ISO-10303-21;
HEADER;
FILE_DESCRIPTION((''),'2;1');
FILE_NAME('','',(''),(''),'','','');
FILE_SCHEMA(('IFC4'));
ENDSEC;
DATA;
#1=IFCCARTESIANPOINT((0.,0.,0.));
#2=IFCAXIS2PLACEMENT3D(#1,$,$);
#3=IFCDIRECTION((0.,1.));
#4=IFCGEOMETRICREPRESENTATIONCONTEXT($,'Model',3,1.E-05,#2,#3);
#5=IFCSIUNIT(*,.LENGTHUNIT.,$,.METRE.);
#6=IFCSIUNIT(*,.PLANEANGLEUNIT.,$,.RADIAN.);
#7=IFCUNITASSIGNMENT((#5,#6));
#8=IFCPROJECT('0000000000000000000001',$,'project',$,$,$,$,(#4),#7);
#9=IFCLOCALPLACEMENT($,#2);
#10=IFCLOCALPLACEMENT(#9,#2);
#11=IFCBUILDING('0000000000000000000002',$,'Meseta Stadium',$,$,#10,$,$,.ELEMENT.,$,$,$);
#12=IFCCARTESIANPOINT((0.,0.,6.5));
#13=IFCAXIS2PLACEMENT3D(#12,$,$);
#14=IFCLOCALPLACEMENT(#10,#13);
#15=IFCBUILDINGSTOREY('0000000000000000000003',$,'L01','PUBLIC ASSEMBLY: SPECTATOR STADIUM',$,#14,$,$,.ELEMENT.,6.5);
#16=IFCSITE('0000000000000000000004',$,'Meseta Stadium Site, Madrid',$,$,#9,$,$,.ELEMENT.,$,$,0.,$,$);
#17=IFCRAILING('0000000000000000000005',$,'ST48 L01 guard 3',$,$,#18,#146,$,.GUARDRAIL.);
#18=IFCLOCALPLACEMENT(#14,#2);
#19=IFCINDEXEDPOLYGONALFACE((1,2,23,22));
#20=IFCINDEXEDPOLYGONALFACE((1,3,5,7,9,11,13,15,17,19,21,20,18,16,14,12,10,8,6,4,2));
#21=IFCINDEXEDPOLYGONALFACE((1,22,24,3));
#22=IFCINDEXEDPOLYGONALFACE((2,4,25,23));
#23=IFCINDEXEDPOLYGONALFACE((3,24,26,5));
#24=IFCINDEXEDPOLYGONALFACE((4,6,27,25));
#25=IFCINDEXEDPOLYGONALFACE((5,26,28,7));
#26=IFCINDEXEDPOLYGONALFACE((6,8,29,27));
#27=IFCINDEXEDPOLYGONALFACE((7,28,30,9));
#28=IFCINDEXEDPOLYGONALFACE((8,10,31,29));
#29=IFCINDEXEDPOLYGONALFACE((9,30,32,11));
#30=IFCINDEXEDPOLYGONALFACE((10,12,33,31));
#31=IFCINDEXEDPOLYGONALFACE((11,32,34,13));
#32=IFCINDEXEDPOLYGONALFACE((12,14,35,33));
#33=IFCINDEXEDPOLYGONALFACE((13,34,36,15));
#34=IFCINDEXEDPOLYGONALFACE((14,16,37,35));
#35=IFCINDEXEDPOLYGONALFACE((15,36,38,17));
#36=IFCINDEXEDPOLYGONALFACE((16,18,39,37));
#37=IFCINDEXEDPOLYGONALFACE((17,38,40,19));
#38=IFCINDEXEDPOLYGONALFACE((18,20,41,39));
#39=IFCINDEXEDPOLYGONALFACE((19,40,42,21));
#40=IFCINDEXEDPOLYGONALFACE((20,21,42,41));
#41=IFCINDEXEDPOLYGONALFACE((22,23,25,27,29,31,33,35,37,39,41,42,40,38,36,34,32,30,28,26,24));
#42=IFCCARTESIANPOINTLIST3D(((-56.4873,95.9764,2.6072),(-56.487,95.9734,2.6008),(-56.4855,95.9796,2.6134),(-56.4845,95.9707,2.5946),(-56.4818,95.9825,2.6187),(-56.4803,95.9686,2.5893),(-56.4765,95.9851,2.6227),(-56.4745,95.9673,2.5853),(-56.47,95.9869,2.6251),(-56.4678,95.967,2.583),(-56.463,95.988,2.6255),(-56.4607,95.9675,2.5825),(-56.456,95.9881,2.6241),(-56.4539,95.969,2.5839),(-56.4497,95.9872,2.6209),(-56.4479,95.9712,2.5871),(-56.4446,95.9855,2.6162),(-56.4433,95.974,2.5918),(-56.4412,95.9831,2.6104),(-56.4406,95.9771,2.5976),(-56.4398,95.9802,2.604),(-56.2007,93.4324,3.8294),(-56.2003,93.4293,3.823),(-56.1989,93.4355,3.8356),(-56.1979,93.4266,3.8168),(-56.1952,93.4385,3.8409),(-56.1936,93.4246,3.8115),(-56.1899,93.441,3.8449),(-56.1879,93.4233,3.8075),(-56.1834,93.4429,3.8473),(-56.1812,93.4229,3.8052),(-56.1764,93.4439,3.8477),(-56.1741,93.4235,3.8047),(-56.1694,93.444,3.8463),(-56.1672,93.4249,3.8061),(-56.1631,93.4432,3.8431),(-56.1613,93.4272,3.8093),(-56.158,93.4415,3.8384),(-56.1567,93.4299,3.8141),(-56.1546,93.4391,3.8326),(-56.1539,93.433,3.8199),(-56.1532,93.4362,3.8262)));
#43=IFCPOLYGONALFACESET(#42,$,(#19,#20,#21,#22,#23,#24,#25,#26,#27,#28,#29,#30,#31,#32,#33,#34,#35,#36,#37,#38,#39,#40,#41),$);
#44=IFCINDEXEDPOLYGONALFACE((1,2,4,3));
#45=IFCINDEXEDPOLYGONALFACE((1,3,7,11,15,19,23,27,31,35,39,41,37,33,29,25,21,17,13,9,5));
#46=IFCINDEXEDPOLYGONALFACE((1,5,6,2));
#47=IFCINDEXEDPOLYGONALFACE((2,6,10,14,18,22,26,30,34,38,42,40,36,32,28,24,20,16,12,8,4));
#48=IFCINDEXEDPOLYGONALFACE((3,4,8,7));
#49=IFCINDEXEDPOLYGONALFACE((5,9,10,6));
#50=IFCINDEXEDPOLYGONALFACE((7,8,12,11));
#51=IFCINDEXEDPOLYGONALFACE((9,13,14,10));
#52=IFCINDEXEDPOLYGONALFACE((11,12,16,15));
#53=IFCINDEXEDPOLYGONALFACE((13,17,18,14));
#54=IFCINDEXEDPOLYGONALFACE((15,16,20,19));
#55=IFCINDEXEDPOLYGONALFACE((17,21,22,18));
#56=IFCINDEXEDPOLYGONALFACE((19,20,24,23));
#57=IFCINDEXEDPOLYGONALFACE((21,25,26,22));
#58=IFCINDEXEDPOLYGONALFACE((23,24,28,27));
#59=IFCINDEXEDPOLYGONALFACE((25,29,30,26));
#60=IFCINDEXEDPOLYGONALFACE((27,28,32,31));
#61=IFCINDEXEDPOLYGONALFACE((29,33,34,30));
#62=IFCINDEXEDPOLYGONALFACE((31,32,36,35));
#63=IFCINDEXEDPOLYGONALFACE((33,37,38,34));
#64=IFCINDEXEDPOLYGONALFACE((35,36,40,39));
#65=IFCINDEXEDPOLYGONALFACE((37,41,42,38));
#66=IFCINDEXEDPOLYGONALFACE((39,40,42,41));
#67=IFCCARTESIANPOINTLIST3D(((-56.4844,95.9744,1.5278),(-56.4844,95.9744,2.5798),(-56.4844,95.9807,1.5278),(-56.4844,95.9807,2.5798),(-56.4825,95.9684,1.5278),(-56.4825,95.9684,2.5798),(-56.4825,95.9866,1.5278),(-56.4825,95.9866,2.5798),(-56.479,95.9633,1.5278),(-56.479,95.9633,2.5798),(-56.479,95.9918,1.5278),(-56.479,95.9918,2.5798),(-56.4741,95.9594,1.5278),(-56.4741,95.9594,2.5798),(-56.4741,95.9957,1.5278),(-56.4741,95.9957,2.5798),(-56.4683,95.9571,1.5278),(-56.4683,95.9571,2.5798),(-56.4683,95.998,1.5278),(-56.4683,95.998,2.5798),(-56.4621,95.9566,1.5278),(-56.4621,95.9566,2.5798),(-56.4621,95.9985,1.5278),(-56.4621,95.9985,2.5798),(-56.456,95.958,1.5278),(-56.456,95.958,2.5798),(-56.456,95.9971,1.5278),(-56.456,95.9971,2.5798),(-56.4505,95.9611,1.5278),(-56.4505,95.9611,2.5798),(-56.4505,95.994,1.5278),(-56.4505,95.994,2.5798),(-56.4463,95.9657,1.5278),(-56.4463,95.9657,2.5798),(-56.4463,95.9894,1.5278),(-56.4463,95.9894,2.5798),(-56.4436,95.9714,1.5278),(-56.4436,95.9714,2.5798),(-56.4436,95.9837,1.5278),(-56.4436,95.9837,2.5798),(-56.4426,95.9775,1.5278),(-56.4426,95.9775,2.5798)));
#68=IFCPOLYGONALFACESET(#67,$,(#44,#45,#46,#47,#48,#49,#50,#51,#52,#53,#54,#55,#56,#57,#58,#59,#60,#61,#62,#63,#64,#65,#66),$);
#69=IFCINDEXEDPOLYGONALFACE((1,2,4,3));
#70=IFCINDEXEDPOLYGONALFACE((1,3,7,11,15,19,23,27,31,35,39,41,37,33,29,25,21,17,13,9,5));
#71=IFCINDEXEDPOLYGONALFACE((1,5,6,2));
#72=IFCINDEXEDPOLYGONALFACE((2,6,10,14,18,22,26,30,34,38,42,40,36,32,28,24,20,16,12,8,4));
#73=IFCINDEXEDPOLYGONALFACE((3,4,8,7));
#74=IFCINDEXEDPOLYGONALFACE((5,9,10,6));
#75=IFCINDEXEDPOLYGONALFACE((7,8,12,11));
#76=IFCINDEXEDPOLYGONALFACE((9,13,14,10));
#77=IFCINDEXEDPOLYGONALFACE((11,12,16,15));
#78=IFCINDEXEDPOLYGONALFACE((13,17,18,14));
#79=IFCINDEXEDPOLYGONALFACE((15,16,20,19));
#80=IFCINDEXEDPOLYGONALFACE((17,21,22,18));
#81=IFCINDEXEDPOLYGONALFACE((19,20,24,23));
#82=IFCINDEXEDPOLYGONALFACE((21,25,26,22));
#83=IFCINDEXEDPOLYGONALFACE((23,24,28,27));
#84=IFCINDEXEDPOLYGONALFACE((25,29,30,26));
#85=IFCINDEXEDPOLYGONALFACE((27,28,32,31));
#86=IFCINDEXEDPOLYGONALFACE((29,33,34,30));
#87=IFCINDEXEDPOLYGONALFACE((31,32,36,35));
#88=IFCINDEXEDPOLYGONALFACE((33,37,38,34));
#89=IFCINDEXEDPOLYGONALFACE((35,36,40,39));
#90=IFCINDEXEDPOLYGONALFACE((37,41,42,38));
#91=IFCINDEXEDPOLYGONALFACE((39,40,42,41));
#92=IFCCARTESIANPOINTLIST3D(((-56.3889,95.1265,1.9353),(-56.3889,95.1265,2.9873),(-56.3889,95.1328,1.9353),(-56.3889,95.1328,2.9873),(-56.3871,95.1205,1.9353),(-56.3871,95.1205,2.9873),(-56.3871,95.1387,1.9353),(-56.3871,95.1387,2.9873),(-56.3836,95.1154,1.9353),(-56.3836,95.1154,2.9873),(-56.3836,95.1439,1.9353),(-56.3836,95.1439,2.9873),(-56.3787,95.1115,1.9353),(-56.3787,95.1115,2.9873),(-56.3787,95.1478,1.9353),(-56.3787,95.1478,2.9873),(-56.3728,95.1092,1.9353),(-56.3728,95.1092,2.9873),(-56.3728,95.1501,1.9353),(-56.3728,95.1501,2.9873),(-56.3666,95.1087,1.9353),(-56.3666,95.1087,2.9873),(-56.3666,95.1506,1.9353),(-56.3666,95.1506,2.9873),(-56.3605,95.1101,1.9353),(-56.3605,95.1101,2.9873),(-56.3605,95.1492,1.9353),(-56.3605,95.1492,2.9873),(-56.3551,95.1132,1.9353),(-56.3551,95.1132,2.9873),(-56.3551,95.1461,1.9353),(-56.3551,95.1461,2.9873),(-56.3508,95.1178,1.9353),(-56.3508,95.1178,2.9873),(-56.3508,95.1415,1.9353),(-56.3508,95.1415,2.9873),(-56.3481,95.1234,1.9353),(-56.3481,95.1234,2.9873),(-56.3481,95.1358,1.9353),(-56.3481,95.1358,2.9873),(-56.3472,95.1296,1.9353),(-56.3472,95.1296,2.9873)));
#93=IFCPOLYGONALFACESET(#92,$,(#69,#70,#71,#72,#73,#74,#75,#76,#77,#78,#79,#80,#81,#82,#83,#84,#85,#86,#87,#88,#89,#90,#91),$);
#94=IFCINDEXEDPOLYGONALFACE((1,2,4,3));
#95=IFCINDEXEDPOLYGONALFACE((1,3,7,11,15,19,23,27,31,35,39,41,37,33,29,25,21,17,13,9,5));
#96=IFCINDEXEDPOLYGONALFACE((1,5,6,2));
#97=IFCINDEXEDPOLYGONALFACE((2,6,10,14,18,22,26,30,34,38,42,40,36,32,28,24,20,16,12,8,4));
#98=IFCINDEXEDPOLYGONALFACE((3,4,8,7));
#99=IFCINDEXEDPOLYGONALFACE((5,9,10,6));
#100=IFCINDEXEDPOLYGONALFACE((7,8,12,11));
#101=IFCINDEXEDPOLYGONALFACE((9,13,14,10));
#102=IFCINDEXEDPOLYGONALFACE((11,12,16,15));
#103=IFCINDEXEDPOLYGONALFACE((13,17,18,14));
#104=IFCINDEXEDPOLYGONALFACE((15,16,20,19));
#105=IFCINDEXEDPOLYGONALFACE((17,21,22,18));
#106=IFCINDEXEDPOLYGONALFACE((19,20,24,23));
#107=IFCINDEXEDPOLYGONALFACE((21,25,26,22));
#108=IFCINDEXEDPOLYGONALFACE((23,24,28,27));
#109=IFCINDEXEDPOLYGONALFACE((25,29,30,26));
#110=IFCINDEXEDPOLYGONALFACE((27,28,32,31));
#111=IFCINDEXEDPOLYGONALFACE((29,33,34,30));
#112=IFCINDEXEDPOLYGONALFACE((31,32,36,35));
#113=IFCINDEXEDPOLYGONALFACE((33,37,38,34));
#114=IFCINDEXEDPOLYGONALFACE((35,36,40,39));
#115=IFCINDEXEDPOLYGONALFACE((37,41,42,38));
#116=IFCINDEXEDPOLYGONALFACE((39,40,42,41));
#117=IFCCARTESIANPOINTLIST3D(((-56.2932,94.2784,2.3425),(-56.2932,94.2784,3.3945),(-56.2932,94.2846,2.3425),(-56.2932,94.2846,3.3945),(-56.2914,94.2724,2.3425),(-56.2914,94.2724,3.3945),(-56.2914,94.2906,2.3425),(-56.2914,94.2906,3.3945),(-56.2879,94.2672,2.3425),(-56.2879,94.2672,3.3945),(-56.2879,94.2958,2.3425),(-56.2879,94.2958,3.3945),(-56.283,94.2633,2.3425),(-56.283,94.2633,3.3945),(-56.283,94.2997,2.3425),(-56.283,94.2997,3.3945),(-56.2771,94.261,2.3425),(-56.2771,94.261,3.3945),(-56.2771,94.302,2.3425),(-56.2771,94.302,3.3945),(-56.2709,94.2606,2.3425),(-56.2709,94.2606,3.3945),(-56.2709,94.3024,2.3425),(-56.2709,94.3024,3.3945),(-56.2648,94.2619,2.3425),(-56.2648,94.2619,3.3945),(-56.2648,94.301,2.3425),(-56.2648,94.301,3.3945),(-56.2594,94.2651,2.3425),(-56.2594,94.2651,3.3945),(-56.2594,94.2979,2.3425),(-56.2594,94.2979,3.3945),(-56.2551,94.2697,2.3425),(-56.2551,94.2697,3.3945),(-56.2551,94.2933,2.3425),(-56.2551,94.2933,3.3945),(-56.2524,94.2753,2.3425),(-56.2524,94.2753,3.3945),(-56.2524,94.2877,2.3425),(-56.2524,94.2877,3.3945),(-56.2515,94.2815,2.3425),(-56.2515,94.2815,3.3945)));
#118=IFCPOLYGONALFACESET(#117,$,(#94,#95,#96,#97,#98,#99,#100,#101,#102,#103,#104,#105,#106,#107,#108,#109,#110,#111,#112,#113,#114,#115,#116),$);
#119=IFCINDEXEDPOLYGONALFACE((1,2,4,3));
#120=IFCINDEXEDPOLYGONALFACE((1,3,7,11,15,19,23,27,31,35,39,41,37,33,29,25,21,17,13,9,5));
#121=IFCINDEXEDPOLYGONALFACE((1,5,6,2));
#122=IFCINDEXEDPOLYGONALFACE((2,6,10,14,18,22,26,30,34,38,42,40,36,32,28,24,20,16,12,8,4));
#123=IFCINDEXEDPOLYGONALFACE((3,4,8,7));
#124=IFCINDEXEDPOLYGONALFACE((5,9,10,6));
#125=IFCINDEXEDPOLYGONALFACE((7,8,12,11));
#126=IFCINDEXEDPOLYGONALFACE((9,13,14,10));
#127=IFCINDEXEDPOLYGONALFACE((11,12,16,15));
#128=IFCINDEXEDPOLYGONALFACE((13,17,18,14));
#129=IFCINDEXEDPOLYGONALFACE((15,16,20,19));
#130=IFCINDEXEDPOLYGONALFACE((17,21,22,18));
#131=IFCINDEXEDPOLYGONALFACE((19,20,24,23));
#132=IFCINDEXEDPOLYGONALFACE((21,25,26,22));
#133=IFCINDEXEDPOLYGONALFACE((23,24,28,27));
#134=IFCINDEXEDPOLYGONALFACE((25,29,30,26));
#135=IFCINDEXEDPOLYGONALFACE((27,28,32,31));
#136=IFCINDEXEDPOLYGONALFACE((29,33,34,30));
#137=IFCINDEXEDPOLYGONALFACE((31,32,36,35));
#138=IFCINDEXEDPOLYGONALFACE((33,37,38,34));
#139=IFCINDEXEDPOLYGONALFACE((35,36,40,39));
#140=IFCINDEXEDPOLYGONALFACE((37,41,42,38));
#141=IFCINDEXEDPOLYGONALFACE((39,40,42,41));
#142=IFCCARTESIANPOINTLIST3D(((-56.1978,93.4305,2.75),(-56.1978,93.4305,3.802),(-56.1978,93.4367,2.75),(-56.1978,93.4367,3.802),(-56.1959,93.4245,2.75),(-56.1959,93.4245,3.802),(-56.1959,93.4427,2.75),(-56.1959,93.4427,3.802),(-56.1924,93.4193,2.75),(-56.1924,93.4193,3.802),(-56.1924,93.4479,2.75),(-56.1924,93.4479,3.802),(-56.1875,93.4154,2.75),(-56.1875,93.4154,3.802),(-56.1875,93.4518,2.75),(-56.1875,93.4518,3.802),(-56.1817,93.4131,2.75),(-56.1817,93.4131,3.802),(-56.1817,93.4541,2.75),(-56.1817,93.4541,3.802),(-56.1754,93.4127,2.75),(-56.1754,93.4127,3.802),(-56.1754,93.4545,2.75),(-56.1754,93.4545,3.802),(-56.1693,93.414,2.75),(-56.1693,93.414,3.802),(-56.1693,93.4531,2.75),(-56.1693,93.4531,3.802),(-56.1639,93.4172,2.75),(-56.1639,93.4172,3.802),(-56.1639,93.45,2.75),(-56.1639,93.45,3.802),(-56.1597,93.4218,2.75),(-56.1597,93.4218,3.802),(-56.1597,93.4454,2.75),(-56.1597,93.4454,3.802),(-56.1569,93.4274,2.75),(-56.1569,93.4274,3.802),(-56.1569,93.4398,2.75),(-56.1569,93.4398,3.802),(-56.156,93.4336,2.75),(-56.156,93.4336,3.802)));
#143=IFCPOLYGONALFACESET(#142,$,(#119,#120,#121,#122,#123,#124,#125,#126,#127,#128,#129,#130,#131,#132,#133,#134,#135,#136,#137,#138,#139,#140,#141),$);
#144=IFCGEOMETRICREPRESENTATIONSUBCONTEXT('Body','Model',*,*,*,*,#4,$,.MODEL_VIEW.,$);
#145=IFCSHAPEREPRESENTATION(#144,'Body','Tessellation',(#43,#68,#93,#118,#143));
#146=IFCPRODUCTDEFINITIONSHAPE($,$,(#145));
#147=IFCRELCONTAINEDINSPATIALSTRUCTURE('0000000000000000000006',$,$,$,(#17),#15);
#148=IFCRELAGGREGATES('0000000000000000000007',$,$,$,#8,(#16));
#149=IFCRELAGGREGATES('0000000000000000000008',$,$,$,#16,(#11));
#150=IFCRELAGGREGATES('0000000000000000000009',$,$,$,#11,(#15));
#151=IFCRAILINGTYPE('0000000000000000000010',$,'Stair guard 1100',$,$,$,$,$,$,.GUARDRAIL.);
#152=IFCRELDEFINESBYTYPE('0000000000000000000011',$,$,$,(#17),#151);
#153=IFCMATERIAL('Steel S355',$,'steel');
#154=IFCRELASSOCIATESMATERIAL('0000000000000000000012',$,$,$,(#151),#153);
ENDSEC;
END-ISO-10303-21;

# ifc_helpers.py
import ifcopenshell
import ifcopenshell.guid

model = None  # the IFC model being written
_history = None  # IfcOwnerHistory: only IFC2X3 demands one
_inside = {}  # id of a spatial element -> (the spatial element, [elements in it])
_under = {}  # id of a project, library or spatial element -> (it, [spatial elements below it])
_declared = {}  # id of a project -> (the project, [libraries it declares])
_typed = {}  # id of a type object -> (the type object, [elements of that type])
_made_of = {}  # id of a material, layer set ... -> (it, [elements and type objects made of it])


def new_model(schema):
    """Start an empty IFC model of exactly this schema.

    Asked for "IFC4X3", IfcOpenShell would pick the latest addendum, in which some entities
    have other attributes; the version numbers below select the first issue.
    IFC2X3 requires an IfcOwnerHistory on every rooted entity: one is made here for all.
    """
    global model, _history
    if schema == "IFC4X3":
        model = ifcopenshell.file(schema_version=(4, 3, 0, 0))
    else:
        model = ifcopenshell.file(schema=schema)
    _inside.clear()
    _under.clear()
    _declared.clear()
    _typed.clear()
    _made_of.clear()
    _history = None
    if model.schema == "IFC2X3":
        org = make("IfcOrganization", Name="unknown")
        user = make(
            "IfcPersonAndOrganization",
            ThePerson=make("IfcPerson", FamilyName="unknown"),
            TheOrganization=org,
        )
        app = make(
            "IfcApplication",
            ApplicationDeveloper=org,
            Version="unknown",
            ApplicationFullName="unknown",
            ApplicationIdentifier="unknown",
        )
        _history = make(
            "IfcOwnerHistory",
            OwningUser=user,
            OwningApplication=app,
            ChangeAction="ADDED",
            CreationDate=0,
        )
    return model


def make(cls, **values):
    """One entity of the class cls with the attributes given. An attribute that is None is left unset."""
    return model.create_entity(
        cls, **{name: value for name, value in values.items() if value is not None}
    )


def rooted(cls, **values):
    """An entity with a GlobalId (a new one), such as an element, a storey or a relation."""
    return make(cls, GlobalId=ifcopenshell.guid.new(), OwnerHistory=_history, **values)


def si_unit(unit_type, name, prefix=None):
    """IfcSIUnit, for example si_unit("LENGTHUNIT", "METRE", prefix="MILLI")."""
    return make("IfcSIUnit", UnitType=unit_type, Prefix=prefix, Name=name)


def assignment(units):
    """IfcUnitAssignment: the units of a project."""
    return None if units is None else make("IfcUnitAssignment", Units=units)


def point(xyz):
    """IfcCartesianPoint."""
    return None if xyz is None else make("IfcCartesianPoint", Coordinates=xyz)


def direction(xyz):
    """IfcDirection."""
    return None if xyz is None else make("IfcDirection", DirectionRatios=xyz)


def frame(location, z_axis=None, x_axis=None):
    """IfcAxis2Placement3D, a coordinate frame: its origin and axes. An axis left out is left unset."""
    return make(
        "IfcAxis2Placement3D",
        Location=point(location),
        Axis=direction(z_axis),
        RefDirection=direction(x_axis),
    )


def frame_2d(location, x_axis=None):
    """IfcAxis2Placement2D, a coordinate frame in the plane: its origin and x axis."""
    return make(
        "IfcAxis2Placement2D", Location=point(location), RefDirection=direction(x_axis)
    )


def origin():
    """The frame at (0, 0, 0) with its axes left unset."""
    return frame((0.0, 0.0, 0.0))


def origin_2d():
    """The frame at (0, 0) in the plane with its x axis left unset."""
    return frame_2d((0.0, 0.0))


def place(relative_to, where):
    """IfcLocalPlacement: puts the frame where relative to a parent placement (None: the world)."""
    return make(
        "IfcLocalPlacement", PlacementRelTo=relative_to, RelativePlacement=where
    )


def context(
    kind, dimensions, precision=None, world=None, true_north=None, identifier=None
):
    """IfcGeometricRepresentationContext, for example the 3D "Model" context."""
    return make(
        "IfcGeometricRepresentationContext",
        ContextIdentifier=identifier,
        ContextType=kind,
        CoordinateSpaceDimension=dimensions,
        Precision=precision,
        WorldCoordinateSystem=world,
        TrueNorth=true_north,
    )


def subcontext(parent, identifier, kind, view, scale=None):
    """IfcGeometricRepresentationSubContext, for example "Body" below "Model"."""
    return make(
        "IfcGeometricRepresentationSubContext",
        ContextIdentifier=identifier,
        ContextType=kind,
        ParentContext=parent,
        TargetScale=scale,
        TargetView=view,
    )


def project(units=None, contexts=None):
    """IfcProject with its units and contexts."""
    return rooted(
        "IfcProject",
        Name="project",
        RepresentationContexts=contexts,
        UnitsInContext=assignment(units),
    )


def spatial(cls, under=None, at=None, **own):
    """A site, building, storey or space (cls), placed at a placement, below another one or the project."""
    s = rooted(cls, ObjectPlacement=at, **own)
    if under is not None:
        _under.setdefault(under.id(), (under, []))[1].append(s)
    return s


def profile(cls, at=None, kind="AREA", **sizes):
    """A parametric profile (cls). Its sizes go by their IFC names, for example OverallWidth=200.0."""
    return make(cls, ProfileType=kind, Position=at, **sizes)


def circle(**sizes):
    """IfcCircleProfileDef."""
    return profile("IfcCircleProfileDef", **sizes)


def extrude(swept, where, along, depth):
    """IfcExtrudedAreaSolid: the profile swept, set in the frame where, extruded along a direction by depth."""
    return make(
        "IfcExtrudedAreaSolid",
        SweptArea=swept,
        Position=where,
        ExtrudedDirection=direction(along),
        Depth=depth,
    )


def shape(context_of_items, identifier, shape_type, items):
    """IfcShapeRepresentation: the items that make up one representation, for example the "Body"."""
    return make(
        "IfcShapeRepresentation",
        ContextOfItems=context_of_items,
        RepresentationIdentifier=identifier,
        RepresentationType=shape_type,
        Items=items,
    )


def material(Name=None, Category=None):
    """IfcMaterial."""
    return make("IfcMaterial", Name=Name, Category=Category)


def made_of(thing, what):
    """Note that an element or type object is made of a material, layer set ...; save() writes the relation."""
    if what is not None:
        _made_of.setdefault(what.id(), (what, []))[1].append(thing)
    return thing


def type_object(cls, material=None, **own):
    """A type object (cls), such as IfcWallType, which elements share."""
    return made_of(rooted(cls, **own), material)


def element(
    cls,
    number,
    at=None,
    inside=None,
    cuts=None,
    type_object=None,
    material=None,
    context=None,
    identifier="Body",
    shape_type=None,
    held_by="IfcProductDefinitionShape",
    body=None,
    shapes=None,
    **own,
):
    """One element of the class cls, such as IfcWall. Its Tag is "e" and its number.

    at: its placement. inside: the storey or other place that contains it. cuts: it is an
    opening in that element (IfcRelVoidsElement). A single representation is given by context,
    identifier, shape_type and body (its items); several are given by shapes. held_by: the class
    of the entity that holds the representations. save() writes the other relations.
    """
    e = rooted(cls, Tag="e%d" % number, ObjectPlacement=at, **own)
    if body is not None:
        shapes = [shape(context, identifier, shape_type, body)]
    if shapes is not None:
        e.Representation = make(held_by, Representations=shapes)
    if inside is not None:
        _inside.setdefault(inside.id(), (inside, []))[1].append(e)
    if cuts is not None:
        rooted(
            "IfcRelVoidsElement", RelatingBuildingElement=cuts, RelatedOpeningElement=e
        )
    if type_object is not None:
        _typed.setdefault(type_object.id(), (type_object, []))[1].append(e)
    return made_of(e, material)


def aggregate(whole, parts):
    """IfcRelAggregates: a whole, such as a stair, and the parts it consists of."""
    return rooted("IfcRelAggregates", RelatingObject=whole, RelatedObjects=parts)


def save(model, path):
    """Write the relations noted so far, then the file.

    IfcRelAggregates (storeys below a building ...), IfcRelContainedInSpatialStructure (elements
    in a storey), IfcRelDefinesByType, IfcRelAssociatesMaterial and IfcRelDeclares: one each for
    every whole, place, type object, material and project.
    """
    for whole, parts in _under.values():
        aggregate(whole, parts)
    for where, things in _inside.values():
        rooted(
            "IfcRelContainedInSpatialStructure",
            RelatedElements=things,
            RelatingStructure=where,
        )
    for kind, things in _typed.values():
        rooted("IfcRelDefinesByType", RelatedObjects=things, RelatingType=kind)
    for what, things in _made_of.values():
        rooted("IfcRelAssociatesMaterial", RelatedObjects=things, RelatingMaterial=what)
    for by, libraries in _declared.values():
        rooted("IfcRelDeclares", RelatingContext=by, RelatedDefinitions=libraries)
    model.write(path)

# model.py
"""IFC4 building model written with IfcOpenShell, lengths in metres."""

from ifc_helpers import new_model, si_unit, direction, frame, origin, origin_2d, place, context, subcontext, project, spatial, circle, extrude, material, type_object, element, save


model = new_model("IFC4")

# Units and contexts
model_context = context("Model", 3, precision=1e-05, world=origin(), true_north=direction((0.0, 1.0)))
body_context = subcontext(model_context, "Body", "Model", "MODEL_VIEW")
ifc_project = project(units=[si_unit("LENGTHUNIT", "METRE"), si_unit("PLANEANGLEUNIT", "RADIAN")], contexts=[model_context])

# Site, building, storey
site_placement = place(None, origin())
site = spatial("IfcSite", under=ifc_project, at=site_placement, Name="Meseta Stadium Site, Madrid", CompositionType="ELEMENT", RefElevation=0.0)
building_placement = place(site_placement, origin())
building = spatial("IfcBuilding", under=site, at=building_placement, Name="Meseta Stadium", CompositionType="ELEMENT")
storey_placement = place(building_placement, frame((0.0, 0.0, 6.5)))
storey = spatial("IfcBuildingStorey", under=building, at=storey_placement, Name="L01", Description="PUBLIC ASSEMBLY: SPECTATOR STADIUM", CompositionType="ELEMENT", Elevation=6.5)

# Railing
ifc_material_1 = material(Name="Steel S355", Category="steel")
railing_type_1 = type_object("IfcRailingType", Name="Stair guard 1100", PredefinedType="GUARDRAIL", material=ifc_material_1)
railing_1_placement = place(storey_placement, frame((-56.4636, 95.9775, 1.5278)))
element("IfcRailing", 1, at=railing_1_placement, inside=storey, type_object=railing_type_1, Name="ST48 L01 guard 3", PredefinedType="GUARDRAIL", context=body_context, shape_type="SweptSolid", body=[
    extrude(circle(Radius=0.0239, at=origin_2d()), frame((0.0, 0.0, 1.0762), z_axis=(0.101036, -0.896762, 0.430824), x_axis=(0.993713, 0.11196, 0.0)), (0.0, 0.0, 1.0), 2.8369),
    extrude(circle(Radius=0.021, at=origin_2d()), origin(), (0.0, 0.0, 1.0), 1.052),
    extrude(circle(Radius=0.021, at=origin_2d()), frame((0.0955, -0.8479, 0.4075)), (0.0, 0.0, 1.0), 1.052),
    extrude(circle(Radius=0.021, at=origin_2d()), frame((0.1912, -1.696, 0.8147)), (0.0, 0.0, 1.0), 1.052),
    extrude(circle(Radius=0.021, at=origin_2d()), frame((0.2866, -2.5439, 1.2222)), (0.0, 0.0, 1.0), 1.052),
])

save(model, "model.ifc")
